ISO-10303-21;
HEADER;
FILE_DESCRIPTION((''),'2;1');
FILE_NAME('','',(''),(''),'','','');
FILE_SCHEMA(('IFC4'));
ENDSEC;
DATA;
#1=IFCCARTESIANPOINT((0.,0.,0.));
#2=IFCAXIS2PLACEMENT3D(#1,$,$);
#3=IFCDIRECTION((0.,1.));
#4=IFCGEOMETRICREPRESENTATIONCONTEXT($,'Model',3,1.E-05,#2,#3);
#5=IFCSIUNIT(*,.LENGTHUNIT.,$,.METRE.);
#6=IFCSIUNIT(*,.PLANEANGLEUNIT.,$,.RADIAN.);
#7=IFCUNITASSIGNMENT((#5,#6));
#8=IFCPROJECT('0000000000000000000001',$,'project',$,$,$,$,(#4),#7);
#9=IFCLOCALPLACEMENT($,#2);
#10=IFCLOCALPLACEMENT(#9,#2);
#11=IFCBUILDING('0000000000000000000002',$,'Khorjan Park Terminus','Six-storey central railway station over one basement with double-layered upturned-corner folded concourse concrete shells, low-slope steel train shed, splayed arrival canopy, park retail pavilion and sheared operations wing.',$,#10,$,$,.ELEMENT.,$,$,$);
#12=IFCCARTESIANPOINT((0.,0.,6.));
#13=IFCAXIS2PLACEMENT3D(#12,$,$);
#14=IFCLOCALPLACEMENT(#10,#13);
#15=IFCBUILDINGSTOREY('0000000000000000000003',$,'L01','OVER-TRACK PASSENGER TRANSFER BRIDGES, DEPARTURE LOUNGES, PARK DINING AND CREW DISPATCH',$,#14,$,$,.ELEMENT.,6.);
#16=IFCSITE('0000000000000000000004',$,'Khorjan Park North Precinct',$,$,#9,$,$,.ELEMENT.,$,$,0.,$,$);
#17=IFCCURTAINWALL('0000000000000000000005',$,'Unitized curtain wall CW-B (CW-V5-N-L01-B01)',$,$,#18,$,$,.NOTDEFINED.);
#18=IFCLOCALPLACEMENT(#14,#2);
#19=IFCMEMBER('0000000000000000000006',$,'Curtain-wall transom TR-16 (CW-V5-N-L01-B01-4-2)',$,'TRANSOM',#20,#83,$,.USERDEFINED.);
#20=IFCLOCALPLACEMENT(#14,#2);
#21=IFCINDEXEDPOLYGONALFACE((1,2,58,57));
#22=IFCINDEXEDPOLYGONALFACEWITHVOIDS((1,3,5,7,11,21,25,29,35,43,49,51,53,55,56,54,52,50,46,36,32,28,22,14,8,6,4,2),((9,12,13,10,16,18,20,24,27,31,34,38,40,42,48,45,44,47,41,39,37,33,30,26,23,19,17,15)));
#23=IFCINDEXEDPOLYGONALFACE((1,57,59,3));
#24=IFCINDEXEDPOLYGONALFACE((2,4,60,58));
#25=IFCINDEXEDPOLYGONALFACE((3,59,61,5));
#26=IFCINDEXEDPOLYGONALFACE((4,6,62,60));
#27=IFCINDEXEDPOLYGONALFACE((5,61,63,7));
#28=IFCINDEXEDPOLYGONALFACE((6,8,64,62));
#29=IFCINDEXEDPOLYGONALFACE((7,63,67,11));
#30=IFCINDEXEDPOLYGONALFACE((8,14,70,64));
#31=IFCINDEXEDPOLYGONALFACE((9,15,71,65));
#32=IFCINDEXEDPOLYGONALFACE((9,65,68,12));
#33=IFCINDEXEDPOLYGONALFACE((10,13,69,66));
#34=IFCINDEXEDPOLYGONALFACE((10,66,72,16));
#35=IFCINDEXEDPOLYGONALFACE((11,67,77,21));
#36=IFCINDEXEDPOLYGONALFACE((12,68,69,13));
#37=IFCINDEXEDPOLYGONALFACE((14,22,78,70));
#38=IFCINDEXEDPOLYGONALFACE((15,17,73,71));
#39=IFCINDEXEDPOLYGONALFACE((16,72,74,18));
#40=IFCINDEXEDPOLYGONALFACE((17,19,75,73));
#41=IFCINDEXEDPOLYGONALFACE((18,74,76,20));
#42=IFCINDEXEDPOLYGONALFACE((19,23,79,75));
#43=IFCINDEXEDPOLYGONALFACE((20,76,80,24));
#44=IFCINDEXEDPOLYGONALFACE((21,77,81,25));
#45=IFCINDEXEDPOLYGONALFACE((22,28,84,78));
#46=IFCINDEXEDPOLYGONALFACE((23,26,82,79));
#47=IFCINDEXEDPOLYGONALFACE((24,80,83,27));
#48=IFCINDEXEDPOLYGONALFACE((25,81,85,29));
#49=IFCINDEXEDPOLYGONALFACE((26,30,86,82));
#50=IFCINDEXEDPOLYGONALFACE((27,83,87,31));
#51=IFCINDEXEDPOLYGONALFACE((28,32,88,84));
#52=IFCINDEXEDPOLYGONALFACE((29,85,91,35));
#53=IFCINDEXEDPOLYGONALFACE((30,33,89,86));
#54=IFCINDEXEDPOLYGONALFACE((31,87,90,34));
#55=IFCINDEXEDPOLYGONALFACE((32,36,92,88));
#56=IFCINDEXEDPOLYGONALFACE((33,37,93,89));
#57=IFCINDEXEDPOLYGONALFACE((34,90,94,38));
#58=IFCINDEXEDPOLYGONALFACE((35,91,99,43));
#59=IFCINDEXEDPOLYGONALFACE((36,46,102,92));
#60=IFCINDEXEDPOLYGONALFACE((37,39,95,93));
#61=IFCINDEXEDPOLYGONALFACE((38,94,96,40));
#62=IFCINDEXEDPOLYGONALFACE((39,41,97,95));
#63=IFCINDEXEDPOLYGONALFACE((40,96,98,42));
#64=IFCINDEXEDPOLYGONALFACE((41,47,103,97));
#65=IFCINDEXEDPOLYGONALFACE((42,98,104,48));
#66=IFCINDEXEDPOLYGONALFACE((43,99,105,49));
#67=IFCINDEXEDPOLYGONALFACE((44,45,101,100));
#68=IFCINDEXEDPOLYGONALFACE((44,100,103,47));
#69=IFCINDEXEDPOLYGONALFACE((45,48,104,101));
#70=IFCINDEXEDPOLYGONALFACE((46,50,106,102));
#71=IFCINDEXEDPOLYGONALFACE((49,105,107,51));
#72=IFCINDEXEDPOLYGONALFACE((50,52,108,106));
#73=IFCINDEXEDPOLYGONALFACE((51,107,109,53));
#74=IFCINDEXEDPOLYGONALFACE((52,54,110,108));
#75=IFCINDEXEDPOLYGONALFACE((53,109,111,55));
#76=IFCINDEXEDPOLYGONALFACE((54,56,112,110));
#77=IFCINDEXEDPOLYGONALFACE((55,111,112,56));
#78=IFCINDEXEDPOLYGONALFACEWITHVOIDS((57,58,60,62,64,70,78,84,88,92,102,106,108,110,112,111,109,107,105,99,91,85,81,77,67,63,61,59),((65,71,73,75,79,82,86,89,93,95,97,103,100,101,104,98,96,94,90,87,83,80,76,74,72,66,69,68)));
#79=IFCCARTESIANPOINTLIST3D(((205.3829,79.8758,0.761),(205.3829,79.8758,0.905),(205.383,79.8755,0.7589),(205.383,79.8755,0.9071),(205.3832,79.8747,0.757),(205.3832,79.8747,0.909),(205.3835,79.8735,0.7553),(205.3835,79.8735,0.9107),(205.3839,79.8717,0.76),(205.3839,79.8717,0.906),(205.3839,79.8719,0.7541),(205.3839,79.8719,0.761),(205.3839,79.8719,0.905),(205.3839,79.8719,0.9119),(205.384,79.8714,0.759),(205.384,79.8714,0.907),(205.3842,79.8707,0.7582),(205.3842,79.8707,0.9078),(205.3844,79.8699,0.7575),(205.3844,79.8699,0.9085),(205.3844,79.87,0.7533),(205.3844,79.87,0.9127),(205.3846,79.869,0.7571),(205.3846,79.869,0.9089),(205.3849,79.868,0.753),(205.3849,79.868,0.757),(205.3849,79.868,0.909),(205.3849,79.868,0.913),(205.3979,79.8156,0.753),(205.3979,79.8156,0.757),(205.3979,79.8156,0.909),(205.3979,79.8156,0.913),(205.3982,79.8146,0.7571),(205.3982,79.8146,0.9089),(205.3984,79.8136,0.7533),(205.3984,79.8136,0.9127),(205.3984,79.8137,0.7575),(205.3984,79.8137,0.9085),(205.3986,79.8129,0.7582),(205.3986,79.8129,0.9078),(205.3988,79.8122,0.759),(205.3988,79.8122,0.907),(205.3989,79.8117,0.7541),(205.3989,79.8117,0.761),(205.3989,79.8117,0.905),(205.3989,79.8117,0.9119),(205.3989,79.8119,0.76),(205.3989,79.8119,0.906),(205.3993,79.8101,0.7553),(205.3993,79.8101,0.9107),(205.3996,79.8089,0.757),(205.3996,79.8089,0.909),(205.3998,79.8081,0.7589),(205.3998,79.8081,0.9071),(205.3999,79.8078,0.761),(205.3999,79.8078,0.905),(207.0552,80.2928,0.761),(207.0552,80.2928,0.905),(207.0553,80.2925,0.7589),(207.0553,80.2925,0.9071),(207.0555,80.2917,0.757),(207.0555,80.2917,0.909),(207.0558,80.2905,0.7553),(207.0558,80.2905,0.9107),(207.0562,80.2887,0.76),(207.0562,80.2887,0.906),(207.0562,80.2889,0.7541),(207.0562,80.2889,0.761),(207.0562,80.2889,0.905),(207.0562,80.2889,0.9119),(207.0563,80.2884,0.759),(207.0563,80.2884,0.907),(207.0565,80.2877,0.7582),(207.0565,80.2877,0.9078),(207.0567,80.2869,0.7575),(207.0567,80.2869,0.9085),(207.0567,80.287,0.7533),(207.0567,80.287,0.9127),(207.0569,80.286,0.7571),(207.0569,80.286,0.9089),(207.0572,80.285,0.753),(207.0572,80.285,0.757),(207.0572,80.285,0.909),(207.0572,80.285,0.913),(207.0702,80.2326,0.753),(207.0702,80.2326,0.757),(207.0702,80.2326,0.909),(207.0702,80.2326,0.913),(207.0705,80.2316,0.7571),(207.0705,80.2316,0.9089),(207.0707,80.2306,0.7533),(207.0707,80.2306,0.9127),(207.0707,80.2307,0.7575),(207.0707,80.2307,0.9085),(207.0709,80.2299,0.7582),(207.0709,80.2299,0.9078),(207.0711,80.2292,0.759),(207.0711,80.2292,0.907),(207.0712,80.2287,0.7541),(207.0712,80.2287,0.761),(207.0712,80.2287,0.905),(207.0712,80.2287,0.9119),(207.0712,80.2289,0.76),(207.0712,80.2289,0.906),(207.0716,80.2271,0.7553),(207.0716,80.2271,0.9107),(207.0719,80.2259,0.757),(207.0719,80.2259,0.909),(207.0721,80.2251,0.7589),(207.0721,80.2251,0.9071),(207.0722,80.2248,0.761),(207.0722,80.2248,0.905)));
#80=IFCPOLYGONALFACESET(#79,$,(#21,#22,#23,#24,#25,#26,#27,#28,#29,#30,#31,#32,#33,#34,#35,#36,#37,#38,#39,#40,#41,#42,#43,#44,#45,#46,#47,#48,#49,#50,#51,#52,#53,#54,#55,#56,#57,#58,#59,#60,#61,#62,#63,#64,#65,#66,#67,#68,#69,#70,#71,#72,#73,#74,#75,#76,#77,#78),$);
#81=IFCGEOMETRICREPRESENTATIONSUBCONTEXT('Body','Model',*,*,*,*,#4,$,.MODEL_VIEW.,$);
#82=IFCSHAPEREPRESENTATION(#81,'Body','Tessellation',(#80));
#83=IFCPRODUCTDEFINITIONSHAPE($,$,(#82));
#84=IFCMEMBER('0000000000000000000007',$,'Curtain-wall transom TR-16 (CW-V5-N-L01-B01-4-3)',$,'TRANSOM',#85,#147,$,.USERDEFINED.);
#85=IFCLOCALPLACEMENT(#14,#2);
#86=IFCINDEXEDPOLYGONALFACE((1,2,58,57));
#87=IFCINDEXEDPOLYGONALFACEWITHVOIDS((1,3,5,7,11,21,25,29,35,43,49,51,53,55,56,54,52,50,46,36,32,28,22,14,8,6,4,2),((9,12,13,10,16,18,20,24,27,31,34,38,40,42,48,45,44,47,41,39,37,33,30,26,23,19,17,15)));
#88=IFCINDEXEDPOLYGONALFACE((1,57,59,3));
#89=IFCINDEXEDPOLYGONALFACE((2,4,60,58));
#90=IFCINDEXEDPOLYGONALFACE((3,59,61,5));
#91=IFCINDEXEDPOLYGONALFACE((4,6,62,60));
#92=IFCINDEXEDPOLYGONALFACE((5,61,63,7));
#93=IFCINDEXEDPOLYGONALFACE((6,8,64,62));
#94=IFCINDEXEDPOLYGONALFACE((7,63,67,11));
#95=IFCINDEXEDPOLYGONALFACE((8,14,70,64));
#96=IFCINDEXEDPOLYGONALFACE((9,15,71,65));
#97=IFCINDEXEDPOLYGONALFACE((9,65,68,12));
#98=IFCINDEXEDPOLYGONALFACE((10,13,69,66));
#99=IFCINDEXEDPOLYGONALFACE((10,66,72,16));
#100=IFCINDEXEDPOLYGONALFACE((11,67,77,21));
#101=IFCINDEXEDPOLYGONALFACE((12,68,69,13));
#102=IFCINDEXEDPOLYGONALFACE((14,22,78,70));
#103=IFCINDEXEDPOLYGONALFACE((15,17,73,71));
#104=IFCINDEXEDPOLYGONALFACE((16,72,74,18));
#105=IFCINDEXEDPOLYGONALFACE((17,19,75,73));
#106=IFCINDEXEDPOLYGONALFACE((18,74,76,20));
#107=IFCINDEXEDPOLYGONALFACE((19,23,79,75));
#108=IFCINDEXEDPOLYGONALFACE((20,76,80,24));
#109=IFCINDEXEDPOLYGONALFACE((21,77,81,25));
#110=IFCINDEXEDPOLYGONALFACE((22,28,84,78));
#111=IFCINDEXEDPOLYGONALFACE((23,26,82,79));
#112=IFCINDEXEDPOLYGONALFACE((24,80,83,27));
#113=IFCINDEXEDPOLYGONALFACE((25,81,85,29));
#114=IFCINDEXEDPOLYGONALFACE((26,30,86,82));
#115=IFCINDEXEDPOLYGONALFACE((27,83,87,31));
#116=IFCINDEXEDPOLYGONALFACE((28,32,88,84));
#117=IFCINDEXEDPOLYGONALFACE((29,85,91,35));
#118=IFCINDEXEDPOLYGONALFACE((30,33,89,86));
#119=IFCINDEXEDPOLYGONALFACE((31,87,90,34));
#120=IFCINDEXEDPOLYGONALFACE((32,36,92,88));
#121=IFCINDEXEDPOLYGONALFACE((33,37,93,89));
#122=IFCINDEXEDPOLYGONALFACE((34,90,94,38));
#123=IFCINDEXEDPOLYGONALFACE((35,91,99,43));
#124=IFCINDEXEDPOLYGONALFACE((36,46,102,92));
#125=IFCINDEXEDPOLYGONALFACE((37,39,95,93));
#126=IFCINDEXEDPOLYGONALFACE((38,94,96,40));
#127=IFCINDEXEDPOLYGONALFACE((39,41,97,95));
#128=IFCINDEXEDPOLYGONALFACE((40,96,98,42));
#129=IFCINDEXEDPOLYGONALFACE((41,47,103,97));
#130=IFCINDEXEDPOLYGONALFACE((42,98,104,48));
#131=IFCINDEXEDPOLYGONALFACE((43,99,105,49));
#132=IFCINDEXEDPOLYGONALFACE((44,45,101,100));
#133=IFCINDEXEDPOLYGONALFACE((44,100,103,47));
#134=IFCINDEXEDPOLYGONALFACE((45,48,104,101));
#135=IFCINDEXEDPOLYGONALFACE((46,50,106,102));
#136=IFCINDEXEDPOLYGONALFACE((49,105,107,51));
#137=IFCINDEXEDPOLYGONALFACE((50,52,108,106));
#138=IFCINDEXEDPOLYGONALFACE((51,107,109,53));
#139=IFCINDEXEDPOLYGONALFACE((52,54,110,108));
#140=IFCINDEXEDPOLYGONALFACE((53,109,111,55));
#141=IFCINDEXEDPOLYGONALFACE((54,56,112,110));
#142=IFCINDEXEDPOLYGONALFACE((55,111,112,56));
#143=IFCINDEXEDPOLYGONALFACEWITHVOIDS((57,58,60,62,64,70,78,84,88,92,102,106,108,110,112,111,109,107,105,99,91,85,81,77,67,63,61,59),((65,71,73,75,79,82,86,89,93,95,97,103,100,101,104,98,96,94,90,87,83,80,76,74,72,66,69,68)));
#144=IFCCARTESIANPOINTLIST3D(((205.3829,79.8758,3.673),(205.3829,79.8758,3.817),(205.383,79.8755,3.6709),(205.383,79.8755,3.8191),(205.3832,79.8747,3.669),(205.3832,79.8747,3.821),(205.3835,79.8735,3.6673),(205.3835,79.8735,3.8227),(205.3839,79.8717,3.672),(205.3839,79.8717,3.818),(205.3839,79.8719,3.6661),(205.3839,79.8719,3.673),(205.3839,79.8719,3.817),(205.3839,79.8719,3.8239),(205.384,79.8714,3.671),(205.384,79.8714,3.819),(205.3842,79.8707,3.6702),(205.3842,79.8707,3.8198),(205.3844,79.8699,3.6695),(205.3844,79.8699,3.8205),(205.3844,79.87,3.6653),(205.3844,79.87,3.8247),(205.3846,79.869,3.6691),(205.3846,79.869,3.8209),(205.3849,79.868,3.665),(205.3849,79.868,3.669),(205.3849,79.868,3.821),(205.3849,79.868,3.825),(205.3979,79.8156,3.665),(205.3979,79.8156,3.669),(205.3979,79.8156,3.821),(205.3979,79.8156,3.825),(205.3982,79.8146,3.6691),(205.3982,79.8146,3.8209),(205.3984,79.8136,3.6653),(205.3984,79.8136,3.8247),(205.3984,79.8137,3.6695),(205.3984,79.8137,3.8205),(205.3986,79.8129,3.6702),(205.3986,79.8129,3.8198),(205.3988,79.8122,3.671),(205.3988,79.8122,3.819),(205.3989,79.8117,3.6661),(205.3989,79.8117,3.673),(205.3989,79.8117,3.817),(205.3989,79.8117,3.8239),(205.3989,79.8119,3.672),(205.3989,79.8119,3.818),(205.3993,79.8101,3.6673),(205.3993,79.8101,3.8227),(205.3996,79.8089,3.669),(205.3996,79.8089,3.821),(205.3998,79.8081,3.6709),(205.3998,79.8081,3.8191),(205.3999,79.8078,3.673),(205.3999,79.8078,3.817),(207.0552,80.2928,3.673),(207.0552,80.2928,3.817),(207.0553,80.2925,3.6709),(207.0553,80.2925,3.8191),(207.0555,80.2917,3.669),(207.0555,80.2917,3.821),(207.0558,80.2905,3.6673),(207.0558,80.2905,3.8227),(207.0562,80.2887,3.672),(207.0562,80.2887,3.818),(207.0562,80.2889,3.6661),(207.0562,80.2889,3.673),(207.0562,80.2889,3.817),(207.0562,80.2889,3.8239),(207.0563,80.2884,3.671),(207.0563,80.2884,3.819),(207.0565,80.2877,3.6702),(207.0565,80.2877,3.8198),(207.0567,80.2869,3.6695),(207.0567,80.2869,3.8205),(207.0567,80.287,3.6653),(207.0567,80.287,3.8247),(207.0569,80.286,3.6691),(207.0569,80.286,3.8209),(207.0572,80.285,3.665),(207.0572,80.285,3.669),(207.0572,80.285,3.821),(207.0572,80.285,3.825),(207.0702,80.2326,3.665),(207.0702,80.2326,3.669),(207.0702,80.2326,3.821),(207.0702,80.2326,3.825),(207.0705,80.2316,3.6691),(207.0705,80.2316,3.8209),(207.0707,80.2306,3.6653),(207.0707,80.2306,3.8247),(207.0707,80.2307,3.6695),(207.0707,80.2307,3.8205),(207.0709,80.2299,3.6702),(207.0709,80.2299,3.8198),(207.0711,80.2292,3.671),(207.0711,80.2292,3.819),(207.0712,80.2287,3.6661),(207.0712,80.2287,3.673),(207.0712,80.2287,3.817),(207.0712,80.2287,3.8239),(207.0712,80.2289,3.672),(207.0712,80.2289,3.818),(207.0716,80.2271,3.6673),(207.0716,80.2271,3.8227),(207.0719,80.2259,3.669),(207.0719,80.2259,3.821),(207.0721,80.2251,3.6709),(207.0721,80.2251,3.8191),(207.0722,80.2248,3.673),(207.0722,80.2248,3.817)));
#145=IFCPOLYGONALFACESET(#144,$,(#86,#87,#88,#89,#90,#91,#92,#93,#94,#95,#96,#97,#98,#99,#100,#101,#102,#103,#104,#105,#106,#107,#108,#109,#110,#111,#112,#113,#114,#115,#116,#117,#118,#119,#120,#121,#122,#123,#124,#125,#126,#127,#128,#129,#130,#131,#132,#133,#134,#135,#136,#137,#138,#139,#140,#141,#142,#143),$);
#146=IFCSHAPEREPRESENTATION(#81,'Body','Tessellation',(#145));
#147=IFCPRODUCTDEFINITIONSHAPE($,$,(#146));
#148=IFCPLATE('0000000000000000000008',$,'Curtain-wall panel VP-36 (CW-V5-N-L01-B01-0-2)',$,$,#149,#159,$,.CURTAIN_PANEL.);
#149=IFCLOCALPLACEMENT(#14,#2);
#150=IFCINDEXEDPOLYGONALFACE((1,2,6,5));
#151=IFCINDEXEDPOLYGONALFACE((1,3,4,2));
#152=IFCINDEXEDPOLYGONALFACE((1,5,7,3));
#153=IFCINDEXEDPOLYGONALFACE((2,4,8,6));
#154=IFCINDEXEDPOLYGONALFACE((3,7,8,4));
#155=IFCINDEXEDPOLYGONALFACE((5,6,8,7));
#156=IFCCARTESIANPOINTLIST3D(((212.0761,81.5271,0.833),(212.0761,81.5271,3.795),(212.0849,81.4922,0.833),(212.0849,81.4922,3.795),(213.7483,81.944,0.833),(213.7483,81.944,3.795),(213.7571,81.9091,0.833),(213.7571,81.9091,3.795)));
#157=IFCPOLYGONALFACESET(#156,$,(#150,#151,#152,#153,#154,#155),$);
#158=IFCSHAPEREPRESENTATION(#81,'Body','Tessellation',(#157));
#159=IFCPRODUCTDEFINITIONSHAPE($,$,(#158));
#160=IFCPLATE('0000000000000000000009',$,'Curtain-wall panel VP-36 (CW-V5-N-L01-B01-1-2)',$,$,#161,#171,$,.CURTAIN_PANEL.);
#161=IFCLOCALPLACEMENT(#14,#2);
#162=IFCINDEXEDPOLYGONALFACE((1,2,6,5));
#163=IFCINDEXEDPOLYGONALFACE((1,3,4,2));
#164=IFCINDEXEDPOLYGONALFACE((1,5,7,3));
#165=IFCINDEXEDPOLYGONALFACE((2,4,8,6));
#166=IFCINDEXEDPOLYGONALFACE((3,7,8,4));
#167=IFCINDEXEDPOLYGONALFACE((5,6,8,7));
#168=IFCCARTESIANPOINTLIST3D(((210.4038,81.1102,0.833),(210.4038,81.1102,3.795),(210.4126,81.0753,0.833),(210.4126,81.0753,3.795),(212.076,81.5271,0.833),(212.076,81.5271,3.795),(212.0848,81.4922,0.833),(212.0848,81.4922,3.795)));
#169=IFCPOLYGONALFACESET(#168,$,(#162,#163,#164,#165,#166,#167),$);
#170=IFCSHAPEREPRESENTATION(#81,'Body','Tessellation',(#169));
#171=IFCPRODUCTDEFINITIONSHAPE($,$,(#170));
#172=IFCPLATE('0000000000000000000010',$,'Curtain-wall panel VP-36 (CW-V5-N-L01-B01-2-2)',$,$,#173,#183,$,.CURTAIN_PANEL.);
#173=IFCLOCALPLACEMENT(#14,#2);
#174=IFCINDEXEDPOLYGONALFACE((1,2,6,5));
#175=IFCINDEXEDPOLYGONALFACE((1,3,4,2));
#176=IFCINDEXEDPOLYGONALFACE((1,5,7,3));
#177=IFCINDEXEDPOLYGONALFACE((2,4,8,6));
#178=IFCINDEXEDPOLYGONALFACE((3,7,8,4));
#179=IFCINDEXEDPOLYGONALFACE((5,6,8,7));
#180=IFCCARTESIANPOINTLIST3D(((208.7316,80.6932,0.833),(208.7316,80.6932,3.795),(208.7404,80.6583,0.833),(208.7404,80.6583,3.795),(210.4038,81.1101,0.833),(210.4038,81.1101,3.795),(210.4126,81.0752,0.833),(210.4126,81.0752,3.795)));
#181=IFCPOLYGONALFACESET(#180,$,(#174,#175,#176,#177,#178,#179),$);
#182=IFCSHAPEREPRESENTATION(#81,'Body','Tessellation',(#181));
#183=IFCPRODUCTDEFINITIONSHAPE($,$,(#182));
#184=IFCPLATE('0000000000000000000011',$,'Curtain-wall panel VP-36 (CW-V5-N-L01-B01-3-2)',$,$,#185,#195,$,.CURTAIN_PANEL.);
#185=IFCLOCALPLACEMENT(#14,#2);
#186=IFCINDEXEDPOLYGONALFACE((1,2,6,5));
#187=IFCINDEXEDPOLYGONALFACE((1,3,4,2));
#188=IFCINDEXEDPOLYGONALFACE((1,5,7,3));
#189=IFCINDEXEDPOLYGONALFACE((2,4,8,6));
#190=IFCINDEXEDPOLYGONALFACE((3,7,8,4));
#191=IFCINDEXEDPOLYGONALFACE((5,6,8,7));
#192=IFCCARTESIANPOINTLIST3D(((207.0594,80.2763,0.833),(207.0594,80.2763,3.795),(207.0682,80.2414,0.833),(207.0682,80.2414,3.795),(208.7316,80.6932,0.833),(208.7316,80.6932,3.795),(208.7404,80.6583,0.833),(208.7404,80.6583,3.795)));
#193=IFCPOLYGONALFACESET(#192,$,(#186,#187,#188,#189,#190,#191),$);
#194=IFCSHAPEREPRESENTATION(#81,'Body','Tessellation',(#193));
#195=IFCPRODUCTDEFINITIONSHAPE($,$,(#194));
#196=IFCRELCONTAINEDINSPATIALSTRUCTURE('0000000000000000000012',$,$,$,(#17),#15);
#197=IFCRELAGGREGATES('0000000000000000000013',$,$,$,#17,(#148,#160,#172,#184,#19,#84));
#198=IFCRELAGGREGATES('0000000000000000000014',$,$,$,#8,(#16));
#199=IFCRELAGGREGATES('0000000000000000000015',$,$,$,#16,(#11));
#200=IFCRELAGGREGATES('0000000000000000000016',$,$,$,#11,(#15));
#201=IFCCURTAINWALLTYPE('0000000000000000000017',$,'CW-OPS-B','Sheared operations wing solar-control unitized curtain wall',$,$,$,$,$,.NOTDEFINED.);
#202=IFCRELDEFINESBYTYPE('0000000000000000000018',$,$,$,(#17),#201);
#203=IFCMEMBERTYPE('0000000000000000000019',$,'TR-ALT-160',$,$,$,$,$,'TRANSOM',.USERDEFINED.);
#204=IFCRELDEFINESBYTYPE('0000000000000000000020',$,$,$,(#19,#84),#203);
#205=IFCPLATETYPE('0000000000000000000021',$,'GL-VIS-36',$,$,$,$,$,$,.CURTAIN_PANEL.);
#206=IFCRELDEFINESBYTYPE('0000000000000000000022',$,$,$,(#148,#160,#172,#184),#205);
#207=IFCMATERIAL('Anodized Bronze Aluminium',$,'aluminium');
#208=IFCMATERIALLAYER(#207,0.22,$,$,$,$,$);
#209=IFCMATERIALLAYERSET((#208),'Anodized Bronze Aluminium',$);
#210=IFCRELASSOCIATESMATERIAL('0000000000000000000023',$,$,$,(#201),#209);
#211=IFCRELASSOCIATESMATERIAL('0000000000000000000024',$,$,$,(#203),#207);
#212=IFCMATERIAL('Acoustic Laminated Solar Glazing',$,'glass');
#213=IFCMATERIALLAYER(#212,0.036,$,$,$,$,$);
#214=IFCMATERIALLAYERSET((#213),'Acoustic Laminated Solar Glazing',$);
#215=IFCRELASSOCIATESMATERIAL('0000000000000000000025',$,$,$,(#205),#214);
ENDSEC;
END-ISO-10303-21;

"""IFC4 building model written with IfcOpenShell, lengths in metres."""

from ifc_helpers import new_model, si_unit, direction, frame, origin, origin_2d, place, context, subcontext, project, spatial, rectangle, hollow_rectangle, extrude, material, layer, layer_set, material_profile, profile_set, type_object, element, aggregate, save


model = new_model("IFC4")

# Units and contexts
model_context = context("Model", 3, precision=1e-05, world=origin(), true_north=direction((0.0, 1.0)))
body_context = subcontext(model_context, "Body", "Model", "MODEL_VIEW")
ifc_project = project(units=[si_unit("LENGTHUNIT", "METRE"), si_unit("PLANEANGLEUNIT", "RADIAN")], contexts=[model_context])

# Site, building, storey
site_placement = place(None, origin())
site = spatial("IfcSite", under=ifc_project, at=site_placement, Name="Khorjan Park North Precinct", CompositionType="ELEMENT", RefElevation=0.0)
building_placement = place(site_placement, origin())
building = spatial("IfcBuilding", under=site, at=building_placement, Name="Khorjan Park Terminus", Description="Six-storey central railway station over one basement with double-layered upturned-corner folded concourse concrete shells, low-slope steel train shed, splayed arrival canopy, park retail pavilion and sheared operations wing.", CompositionType="ELEMENT")
storey_placement = place(building_placement, frame((0.0, 0.0, 6.0)))
storey = spatial("IfcBuildingStorey", under=building, at=storey_placement, Name="L01", Description="OVER-TRACK PASSENGER TRANSFER BRIDGES, DEPARTURE LOUNGES, PARK DINING AND CREW DISPATCH", CompositionType="ELEMENT", Elevation=6.0)

# Curtain wall, members, plates
ifc_material_1 = material(Name="Anodized Bronze Aluminium", Category="aluminium")
ifc_layer_1 = layer(ifc_material_1, 0.22)
ifc_layer_set_1 = layer_set([ifc_layer_1], Name="Anodized Bronze Aluminium")
curtain_wall_type = type_object("IfcCurtainWallType", Name="CW-OPS-B", Description="Sheared operations wing solar-control unitized curtain wall", PredefinedType="NOTDEFINED", material=ifc_layer_set_1)
curtain_wall_placement = place(storey_placement, origin())
curtain_wall = element("IfcCurtainWall", 1, at=curtain_wall_placement, inside=storey, type_object=curtain_wall_type, Name="Unitized curtain wall CW-B (CW-V5-N-L01-B01)", PredefinedType="NOTDEFINED")
ifc_material_profile_1 = material_profile(ifc_material_1, hollow_rectangle(XDim=0.07, YDim=0.16, WallThickness=0.004, InnerFilletRadius=0.004, OuterFilletRadius=0.008, at=origin_2d()), Name="ALT 70x160x4")
ifc_profile_set_1 = profile_set([ifc_material_profile_1], Name="Anodized Bronze Aluminium")
member_type_1 = type_object("IfcMemberType", Name="TR-ALT-160", ElementType="TRANSOM", PredefinedType="USERDEFINED", material=ifc_profile_set_1)
member_1_placement = place(storey_placement, frame((207.0637, 80.2588, 0.833), z_axis=(-0.970289, -0.241949, 0.0), x_axis=(0.241949, -0.970289, 0.0)))
member_1 = element("IfcMember", 2, at=member_1_placement, type_object=member_type_1, Name="Curtain-wall transom TR-16 (CW-V5-N-L01-B01-4-2)", ObjectType="TRANSOM", PredefinedType="USERDEFINED", context=body_context, shape_type="SweptSolid", body=[
    extrude(hollow_rectangle(XDim=0.07, YDim=0.16, WallThickness=0.004, InnerFilletRadius=0.004, OuterFilletRadius=0.008, at=origin_2d()), origin(), (0.0, 0.0, 1.0), 1.7235),
])
member_2_placement = place(storey_placement, frame((207.0637, 80.2588, 3.745), z_axis=(-0.970289, -0.241949, 0.0), x_axis=(0.241949, -0.970289, 0.0)))
member_2 = element("IfcMember", 3, at=member_2_placement, type_object=member_type_1, Name="Curtain-wall transom TR-16 (CW-V5-N-L01-B01-4-3)", ObjectType="TRANSOM", PredefinedType="USERDEFINED", context=body_context, shape_type="SweptSolid", body=[
    extrude(hollow_rectangle(XDim=0.07, YDim=0.16, WallThickness=0.004, InnerFilletRadius=0.004, OuterFilletRadius=0.008, at=origin_2d()), origin(), (0.0, 0.0, 1.0), 1.7235),
])
ifc_material_2 = material(Name="Acoustic Laminated Solar Glazing", Category="glass")
ifc_layer_2 = layer(ifc_material_2, 0.036)
ifc_layer_set_2 = layer_set([ifc_layer_2], Name="Acoustic Laminated Solar Glazing")
plate_type_1 = type_object("IfcPlateType", Name="GL-VIS-36", PredefinedType="CURTAIN_PANEL", material=ifc_layer_set_2)
plate_1_placement = place(storey_placement, frame((212.9166, 81.7181, 0.833), z_axis=(0.0, 0.0, 1.0), x_axis=(-0.970294, -0.241928, 0.0)))
plate_1 = element("IfcPlate", 4, at=plate_1_placement, type_object=plate_type_1, Name="Curtain-wall panel VP-36 (CW-V5-N-L01-B01-0-2)", PredefinedType="CURTAIN_PANEL", context=body_context, shape_type="SweptSolid", body=[
    extrude(rectangle(XDim=1.7234, YDim=0.036, at=origin_2d()), origin(), (0.0, 0.0, 1.0), 2.962),
])
plate_2_placement = place(storey_placement, frame((211.2443, 81.3012, 0.833), z_axis=(0.0, 0.0, 1.0), x_axis=(-0.970294, -0.241928, 0.0)))
plate_2 = element("IfcPlate", 5, at=plate_2_placement, type_object=plate_type_1, Name="Curtain-wall panel VP-36 (CW-V5-N-L01-B01-1-2)", PredefinedType="CURTAIN_PANEL", context=body_context, shape_type="SweptSolid", body=[
    extrude(rectangle(XDim=1.7234, YDim=0.036, at=origin_2d()), origin(), (0.0, 0.0, 1.0), 2.962),
])
plate_3_placement = place(storey_placement, frame((209.5721, 80.8842, 0.833), z_axis=(0.0, 0.0, 1.0), x_axis=(-0.970294, -0.241928, 0.0)))
plate_3 = element("IfcPlate", 6, at=plate_3_placement, type_object=plate_type_1, Name="Curtain-wall panel VP-36 (CW-V5-N-L01-B01-2-2)", PredefinedType="CURTAIN_PANEL", context=body_context, shape_type="SweptSolid", body=[
    extrude(rectangle(XDim=1.7234, YDim=0.036, at=origin_2d()), origin(), (0.0, 0.0, 1.0), 2.962),
])
plate_4_placement = place(storey_placement, frame((207.8999, 80.4673, 0.833), z_axis=(0.0, 0.0, 1.0), x_axis=(-0.970294, -0.241928, 0.0)))
plate_4 = element("IfcPlate", 7, at=plate_4_placement, type_object=plate_type_1, Name="Curtain-wall panel VP-36 (CW-V5-N-L01-B01-3-2)", PredefinedType="CURTAIN_PANEL", context=body_context, shape_type="SweptSolid", body=[
    extrude(rectangle(XDim=1.7234, YDim=0.036, at=origin_2d()), origin(), (0.0, 0.0, 1.0), 2.962),
])
aggregate(curtain_wall, [plate_1, plate_2, plate_3, plate_4, member_1, member_2])

save(model, "model.ifc")
